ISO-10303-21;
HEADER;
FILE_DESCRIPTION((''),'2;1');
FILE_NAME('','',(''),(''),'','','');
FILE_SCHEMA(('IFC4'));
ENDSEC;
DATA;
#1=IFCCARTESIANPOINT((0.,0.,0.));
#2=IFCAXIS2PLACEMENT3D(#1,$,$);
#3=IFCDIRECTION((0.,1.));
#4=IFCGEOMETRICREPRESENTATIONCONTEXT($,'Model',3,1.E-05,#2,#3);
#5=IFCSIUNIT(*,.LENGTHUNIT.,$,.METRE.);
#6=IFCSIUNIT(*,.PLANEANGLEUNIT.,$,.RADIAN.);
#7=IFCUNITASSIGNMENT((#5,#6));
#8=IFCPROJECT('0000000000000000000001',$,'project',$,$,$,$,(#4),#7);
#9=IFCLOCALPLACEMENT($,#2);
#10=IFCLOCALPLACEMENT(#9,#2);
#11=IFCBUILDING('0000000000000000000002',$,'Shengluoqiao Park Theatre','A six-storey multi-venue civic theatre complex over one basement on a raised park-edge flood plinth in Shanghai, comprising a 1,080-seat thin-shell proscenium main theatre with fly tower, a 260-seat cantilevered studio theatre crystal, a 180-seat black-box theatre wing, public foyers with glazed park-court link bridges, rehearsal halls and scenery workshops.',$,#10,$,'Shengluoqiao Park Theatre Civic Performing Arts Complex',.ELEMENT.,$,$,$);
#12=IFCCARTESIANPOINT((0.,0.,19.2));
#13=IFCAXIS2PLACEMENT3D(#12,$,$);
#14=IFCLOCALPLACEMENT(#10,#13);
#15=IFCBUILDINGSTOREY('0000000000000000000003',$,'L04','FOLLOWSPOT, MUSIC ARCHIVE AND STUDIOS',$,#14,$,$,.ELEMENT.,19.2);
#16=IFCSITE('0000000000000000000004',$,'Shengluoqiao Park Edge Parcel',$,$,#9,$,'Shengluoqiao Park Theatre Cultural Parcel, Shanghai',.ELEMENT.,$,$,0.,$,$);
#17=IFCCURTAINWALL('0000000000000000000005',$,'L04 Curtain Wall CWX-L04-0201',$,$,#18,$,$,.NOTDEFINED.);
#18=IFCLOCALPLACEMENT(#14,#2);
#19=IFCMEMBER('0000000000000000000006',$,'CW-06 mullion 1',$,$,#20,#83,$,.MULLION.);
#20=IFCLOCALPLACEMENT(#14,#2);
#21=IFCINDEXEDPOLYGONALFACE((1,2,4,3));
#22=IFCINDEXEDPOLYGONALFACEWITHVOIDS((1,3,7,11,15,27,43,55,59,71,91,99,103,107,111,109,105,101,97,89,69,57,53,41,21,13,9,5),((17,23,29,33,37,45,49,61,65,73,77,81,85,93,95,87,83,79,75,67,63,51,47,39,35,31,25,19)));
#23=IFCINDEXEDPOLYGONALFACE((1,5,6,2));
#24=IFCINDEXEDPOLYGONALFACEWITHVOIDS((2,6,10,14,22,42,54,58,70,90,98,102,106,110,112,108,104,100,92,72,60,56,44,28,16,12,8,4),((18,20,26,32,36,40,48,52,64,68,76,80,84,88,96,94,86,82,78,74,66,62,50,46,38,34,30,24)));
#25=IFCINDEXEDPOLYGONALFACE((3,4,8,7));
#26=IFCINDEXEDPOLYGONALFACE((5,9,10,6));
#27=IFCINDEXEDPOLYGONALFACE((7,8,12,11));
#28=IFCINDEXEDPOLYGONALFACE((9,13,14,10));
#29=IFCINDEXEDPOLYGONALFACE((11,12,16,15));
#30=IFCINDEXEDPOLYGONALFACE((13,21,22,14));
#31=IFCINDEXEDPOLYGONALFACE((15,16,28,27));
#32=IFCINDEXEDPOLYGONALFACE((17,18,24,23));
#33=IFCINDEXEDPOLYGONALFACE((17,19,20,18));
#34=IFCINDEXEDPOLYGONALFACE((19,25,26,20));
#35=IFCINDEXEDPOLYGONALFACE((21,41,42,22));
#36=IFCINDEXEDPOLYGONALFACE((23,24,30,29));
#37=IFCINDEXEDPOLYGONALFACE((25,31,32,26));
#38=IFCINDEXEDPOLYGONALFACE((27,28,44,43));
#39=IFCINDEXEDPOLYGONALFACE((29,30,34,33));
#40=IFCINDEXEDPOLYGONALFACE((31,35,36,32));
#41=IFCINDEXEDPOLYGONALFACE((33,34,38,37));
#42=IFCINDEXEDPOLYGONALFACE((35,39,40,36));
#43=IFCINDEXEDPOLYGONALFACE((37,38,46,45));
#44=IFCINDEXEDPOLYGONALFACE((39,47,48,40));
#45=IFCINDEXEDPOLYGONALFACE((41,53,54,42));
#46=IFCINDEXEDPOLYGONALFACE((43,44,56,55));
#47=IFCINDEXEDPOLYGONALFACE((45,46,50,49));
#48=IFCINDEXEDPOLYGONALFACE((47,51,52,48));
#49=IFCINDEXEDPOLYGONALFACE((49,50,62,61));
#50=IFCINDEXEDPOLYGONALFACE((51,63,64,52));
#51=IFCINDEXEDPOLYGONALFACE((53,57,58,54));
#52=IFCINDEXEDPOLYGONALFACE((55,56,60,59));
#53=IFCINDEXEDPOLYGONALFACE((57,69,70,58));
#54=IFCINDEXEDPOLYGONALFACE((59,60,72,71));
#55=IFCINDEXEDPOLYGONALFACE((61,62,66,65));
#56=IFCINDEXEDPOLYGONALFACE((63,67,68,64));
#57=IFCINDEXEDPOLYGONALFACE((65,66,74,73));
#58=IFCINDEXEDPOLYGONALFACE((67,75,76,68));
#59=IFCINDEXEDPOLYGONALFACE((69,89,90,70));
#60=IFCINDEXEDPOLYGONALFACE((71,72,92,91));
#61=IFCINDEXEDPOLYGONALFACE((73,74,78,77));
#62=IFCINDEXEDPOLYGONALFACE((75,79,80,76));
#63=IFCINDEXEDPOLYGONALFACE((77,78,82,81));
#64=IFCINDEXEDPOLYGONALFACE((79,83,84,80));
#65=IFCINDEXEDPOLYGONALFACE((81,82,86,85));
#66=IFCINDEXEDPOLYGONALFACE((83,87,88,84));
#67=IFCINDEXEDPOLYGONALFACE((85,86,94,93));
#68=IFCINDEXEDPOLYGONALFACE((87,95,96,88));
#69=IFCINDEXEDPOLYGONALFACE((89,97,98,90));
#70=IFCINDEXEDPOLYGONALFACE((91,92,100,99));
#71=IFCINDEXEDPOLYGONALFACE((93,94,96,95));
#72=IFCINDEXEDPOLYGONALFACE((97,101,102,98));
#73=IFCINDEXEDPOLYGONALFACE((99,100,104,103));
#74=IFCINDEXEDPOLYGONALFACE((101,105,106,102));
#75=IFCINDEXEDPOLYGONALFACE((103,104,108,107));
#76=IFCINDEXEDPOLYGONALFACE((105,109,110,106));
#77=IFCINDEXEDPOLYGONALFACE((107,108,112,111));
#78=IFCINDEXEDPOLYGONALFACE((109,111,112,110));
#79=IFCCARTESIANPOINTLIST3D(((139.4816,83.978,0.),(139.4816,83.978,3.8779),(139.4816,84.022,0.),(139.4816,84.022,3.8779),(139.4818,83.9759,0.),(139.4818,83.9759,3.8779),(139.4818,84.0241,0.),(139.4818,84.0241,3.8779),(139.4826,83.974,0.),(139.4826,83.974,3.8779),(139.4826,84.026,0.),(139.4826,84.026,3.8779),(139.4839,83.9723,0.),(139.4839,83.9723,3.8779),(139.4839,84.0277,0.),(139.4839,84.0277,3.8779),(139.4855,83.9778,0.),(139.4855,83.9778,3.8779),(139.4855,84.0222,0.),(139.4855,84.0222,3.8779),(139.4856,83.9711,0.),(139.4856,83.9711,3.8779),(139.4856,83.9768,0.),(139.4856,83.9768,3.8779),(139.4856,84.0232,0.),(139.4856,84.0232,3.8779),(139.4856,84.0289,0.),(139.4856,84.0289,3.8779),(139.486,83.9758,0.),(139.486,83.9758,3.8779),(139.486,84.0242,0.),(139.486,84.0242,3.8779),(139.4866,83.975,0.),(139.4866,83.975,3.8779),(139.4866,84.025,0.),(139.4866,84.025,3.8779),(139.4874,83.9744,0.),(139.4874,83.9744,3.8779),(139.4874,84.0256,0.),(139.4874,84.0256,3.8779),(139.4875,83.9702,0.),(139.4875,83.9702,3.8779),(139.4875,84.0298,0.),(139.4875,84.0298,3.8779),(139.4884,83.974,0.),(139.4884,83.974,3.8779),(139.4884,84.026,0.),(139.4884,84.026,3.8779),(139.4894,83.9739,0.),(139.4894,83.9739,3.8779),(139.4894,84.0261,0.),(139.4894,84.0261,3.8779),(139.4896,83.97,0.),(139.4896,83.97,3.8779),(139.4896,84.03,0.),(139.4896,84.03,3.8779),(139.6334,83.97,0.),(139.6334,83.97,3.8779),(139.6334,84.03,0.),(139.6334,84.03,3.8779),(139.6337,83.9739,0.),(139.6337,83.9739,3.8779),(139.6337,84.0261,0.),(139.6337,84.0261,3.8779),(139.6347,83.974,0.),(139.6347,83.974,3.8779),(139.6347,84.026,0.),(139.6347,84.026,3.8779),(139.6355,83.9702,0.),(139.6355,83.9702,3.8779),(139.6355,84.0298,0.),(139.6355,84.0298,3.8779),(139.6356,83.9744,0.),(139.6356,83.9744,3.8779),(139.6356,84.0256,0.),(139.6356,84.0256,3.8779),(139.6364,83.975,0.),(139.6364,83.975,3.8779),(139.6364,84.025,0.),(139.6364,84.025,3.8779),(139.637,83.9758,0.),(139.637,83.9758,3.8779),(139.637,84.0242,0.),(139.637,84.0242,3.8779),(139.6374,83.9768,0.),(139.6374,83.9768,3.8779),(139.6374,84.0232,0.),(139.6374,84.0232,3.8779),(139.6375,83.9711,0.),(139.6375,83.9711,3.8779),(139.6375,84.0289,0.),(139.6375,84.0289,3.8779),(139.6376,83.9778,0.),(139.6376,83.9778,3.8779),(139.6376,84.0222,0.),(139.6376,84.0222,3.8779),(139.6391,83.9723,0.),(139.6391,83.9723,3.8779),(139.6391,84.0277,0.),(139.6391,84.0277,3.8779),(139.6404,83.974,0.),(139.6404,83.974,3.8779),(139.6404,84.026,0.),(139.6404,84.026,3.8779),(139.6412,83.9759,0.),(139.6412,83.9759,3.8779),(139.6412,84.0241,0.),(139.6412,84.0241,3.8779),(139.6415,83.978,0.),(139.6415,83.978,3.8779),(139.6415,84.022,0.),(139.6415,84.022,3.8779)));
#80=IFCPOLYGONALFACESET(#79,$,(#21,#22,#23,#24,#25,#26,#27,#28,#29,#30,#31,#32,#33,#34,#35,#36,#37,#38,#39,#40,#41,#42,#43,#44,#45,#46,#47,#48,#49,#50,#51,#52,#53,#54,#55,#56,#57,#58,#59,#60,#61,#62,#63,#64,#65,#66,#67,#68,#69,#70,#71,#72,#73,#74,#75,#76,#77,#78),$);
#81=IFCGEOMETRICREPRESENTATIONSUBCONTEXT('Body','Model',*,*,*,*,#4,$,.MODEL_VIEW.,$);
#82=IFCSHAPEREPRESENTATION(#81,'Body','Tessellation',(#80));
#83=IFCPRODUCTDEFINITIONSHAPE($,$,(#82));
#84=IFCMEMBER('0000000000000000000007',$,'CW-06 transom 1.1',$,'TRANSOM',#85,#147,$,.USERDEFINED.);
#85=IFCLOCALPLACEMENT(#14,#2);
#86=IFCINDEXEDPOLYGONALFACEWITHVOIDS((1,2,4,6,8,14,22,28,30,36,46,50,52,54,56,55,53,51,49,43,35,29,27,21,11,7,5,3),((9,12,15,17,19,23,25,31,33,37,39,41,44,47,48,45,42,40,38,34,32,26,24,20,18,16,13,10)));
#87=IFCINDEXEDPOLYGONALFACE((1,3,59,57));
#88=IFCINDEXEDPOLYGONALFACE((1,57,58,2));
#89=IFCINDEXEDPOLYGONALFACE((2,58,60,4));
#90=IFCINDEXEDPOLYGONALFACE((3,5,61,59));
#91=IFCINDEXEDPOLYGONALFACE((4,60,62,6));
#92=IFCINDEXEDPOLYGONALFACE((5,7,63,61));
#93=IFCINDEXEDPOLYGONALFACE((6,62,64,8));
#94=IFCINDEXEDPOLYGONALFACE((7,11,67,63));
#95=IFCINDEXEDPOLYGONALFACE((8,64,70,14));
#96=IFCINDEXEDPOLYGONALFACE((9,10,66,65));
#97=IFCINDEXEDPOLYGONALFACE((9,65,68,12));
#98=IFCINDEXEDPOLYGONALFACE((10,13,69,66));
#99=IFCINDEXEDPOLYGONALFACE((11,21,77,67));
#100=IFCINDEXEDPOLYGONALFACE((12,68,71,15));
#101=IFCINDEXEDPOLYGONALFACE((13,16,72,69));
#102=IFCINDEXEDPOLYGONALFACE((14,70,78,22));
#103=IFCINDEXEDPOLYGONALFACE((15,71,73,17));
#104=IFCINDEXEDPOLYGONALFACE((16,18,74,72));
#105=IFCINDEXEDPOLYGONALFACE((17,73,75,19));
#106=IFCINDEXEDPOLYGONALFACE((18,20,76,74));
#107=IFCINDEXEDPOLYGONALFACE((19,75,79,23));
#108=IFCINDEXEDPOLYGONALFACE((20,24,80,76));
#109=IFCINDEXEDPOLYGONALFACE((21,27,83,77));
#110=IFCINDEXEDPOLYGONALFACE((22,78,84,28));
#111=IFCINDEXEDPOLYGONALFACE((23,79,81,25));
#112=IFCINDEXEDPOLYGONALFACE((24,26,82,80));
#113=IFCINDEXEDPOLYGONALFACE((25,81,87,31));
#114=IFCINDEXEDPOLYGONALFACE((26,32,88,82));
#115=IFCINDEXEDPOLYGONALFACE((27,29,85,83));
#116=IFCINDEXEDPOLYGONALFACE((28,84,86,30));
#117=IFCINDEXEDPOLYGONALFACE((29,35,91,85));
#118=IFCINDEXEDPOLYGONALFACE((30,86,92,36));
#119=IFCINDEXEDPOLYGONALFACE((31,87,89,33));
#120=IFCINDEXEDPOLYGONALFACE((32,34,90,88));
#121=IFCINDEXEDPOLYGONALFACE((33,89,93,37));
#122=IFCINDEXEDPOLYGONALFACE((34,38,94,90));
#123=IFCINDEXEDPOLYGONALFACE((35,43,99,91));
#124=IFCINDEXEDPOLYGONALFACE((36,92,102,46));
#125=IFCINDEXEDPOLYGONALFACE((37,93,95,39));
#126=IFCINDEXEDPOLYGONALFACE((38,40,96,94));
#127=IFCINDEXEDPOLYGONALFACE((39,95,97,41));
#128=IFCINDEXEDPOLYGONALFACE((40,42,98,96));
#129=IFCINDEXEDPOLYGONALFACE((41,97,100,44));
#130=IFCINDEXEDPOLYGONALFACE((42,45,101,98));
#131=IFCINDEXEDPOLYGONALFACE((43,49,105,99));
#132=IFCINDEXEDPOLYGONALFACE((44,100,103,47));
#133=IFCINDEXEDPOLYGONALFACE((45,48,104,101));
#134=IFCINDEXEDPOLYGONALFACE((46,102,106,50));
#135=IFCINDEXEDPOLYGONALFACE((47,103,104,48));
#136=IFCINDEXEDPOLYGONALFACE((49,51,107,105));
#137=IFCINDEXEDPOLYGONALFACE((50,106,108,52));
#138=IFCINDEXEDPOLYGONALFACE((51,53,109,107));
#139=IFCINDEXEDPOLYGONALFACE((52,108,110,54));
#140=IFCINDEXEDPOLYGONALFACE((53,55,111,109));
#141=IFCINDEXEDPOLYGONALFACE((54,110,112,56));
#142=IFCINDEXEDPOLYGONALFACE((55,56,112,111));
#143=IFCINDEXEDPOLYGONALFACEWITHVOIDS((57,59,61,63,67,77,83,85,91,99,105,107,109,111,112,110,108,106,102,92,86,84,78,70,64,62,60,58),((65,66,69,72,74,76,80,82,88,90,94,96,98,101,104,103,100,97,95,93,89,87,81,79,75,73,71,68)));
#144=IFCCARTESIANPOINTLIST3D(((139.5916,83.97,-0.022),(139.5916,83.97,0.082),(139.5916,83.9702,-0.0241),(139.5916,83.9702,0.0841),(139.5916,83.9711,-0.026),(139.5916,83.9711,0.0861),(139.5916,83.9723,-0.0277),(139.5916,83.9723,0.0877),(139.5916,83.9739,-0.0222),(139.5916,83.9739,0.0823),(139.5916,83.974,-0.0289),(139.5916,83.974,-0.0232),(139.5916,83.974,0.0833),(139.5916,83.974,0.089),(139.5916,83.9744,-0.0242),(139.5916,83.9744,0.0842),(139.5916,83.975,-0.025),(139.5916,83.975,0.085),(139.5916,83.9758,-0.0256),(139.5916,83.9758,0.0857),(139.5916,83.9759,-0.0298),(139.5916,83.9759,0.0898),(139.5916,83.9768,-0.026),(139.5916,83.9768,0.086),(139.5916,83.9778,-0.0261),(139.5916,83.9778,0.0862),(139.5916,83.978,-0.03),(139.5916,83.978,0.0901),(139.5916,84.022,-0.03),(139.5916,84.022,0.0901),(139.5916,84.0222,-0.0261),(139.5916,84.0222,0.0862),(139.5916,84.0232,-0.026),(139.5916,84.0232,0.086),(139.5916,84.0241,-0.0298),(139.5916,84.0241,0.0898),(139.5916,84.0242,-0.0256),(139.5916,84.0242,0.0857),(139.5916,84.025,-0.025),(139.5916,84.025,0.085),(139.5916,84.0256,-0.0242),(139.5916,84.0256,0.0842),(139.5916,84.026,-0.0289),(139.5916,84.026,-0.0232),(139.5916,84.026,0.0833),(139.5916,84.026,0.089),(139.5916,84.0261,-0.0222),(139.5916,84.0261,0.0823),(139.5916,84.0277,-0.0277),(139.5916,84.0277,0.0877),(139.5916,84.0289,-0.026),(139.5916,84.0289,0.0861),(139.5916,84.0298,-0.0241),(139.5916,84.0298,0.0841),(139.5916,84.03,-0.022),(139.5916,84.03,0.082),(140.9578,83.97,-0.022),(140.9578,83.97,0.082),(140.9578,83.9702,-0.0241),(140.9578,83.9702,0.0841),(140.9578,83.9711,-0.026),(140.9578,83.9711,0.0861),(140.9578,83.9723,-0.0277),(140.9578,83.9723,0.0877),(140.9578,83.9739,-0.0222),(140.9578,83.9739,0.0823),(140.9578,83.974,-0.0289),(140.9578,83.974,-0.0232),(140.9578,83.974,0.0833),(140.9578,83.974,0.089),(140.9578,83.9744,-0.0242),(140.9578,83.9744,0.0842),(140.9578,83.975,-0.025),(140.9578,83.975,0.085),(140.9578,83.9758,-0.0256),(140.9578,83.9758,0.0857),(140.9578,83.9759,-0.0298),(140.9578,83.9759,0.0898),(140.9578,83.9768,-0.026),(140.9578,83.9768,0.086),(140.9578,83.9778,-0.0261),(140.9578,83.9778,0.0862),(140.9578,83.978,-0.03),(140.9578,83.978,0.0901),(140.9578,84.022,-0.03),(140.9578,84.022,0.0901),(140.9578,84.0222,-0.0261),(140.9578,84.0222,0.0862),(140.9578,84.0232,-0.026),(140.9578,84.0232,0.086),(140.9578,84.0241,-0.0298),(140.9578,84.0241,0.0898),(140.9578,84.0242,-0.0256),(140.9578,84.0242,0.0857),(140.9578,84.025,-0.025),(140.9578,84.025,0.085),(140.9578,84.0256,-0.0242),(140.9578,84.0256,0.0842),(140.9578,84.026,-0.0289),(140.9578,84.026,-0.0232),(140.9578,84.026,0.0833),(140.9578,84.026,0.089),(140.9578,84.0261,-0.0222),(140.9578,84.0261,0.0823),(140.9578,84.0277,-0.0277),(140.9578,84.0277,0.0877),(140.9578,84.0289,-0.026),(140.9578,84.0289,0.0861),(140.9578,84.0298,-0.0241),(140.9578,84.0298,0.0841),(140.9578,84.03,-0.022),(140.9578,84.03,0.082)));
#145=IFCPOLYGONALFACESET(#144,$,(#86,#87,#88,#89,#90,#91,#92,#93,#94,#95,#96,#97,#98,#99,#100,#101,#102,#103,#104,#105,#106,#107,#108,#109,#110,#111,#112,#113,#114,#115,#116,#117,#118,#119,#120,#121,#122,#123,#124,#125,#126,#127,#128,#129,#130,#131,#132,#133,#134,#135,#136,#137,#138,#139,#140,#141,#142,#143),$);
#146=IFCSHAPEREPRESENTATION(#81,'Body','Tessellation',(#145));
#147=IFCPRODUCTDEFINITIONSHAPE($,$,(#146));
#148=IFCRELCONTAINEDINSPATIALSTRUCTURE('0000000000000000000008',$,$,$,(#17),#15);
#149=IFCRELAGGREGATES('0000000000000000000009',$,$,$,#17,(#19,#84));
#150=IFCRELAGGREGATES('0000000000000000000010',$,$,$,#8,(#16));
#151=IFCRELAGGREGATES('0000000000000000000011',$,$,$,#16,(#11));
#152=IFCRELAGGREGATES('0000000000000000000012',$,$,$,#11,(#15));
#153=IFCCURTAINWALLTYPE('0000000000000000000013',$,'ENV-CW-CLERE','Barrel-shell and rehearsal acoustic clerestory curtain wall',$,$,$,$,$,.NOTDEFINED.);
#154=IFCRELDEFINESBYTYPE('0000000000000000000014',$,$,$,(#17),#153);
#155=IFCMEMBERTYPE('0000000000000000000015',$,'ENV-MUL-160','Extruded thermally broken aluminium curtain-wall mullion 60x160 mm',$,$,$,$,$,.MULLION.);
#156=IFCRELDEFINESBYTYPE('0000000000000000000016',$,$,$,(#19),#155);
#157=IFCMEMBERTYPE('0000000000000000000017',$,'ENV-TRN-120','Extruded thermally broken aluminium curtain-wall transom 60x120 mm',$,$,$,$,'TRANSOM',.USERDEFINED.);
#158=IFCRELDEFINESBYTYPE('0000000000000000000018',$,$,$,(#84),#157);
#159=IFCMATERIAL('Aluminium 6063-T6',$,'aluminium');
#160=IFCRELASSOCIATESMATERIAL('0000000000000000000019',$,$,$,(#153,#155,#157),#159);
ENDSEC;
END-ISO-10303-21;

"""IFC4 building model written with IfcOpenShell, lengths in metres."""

from ifc_helpers import new_model, si_unit, direction, frame, origin, origin_2d, place, context, subcontext, project, spatial, hollow_rectangle, extrude, material, material_profile, profile_set, type_object, element, aggregate, save


model = new_model("IFC4")

# Units and contexts
model_context = context("Model", 3, precision=1e-05, world=origin(), true_north=direction((0.0, 1.0)))
body_context = subcontext(model_context, "Body", "Model", "MODEL_VIEW")
ifc_project = project(units=[si_unit("LENGTHUNIT", "METRE"), si_unit("PLANEANGLEUNIT", "RADIAN")], contexts=[model_context])

# Site, building, storey
site_placement = place(None, origin())
site = spatial("IfcSite", under=ifc_project, at=site_placement, Name="Shengluoqiao Park Edge Parcel", LongName="Shengluoqiao Park Theatre Cultural Parcel, Shanghai", CompositionType="ELEMENT", RefElevation=0.0)
building_placement = place(site_placement, origin())
building = spatial("IfcBuilding", under=site, at=building_placement, Name="Shengluoqiao Park Theatre", Description="A six-storey multi-venue civic theatre complex over one basement on a raised park-edge flood plinth in Shanghai, comprising a 1,080-seat thin-shell proscenium main theatre with fly tower, a 260-seat cantilevered studio theatre crystal, a 180-seat black-box theatre wing, public foyers with glazed park-court link bridges, rehearsal halls and scenery workshops.", LongName="Shengluoqiao Park Theatre Civic Performing Arts Complex", CompositionType="ELEMENT")
storey_placement = place(building_placement, frame((0.0, 0.0, 19.2)))
storey = spatial("IfcBuildingStorey", under=building, at=storey_placement, Name="L04", Description="FOLLOWSPOT, MUSIC ARCHIVE AND STUDIOS", CompositionType="ELEMENT", Elevation=19.2)

# Curtain wall, members
ifc_material_1 = material(Name="Aluminium 6063-T6", Category="aluminium")
curtain_wall_type = type_object("IfcCurtainWallType", Name="ENV-CW-CLERE", Description="Barrel-shell and rehearsal acoustic clerestory curtain wall", PredefinedType="NOTDEFINED", material=ifc_material_1)
curtain_wall_placement = place(storey_placement, origin())
curtain_wall = element("IfcCurtainWall", 1, at=curtain_wall_placement, inside=storey, type_object=curtain_wall_type, Name="L04 Curtain Wall CWX-L04-0201", PredefinedType="NOTDEFINED")
ifc_material_profile_1 = material_profile(ifc_material_1, hollow_rectangle(XDim=0.0601, YDim=0.1599, WallThickness=0.0039, InnerFilletRadius=0.0039, OuterFilletRadius=0.0081, at=origin_2d()), Name="ALU MULLION 160x60x4")
ifc_profile_set_1 = profile_set([ifc_material_profile_1], Name="Aluminium 6063-T6")
member_type_1 = type_object("IfcMemberType", Name="ENV-MUL-160", Description="Extruded thermally broken aluminium curtain-wall mullion 60x160 mm", PredefinedType="MULLION", material=ifc_profile_set_1)
member_1_placement = place(storey_placement, frame((139.5615, 84.0, 0.0), z_axis=(0.0, 0.0, 1.0), x_axis=(0.0, 1.0, 0.0)))
member_1 = element("IfcMember", 2, at=member_1_placement, type_object=member_type_1, Name="CW-06 mullion 1", PredefinedType="MULLION", context=body_context, shape_type="SweptSolid", body=[
    extrude(hollow_rectangle(XDim=0.0601, YDim=0.1599, WallThickness=0.0039, InnerFilletRadius=0.0039, OuterFilletRadius=0.0081, at=origin_2d()), origin(), (0.0, 0.0, 1.0), 3.8779),
])
ifc_material_profile_2 = material_profile(ifc_material_1, hollow_rectangle(XDim=0.0601, YDim=0.1201, WallThickness=0.0039, InnerFilletRadius=0.0039, OuterFilletRadius=0.0081, at=origin_2d()), Name="ALU TRANSOM 120x60x4")
ifc_profile_set_2 = profile_set([ifc_material_profile_2], Name="Aluminium 6063-T6")
member_type_2 = type_object("IfcMemberType", Name="ENV-TRN-120", Description="Extruded thermally broken aluminium curtain-wall transom 60x120 mm", ElementType="TRANSOM", PredefinedType="USERDEFINED", material=ifc_profile_set_2)
member_2_placement = place(storey_placement, frame((139.5916, 84.0, 0.03), z_axis=(1.0, 0.0, 0.0), x_axis=(0.0, 1.0, 0.0)))
member_2 = element("IfcMember", 3, at=member_2_placement, type_object=member_type_2, Name="CW-06 transom 1.1", ObjectType="TRANSOM", PredefinedType="USERDEFINED", context=body_context, shape_type="SweptSolid", body=[
    extrude(hollow_rectangle(XDim=0.0601, YDim=0.1201, WallThickness=0.0039, InnerFilletRadius=0.0039, OuterFilletRadius=0.0081, at=origin_2d()), origin(), (0.0, 0.0, 1.0), 1.3662),
])
aggregate(curtain_wall, [member_1, member_2])

save(model, "model.ifc")
